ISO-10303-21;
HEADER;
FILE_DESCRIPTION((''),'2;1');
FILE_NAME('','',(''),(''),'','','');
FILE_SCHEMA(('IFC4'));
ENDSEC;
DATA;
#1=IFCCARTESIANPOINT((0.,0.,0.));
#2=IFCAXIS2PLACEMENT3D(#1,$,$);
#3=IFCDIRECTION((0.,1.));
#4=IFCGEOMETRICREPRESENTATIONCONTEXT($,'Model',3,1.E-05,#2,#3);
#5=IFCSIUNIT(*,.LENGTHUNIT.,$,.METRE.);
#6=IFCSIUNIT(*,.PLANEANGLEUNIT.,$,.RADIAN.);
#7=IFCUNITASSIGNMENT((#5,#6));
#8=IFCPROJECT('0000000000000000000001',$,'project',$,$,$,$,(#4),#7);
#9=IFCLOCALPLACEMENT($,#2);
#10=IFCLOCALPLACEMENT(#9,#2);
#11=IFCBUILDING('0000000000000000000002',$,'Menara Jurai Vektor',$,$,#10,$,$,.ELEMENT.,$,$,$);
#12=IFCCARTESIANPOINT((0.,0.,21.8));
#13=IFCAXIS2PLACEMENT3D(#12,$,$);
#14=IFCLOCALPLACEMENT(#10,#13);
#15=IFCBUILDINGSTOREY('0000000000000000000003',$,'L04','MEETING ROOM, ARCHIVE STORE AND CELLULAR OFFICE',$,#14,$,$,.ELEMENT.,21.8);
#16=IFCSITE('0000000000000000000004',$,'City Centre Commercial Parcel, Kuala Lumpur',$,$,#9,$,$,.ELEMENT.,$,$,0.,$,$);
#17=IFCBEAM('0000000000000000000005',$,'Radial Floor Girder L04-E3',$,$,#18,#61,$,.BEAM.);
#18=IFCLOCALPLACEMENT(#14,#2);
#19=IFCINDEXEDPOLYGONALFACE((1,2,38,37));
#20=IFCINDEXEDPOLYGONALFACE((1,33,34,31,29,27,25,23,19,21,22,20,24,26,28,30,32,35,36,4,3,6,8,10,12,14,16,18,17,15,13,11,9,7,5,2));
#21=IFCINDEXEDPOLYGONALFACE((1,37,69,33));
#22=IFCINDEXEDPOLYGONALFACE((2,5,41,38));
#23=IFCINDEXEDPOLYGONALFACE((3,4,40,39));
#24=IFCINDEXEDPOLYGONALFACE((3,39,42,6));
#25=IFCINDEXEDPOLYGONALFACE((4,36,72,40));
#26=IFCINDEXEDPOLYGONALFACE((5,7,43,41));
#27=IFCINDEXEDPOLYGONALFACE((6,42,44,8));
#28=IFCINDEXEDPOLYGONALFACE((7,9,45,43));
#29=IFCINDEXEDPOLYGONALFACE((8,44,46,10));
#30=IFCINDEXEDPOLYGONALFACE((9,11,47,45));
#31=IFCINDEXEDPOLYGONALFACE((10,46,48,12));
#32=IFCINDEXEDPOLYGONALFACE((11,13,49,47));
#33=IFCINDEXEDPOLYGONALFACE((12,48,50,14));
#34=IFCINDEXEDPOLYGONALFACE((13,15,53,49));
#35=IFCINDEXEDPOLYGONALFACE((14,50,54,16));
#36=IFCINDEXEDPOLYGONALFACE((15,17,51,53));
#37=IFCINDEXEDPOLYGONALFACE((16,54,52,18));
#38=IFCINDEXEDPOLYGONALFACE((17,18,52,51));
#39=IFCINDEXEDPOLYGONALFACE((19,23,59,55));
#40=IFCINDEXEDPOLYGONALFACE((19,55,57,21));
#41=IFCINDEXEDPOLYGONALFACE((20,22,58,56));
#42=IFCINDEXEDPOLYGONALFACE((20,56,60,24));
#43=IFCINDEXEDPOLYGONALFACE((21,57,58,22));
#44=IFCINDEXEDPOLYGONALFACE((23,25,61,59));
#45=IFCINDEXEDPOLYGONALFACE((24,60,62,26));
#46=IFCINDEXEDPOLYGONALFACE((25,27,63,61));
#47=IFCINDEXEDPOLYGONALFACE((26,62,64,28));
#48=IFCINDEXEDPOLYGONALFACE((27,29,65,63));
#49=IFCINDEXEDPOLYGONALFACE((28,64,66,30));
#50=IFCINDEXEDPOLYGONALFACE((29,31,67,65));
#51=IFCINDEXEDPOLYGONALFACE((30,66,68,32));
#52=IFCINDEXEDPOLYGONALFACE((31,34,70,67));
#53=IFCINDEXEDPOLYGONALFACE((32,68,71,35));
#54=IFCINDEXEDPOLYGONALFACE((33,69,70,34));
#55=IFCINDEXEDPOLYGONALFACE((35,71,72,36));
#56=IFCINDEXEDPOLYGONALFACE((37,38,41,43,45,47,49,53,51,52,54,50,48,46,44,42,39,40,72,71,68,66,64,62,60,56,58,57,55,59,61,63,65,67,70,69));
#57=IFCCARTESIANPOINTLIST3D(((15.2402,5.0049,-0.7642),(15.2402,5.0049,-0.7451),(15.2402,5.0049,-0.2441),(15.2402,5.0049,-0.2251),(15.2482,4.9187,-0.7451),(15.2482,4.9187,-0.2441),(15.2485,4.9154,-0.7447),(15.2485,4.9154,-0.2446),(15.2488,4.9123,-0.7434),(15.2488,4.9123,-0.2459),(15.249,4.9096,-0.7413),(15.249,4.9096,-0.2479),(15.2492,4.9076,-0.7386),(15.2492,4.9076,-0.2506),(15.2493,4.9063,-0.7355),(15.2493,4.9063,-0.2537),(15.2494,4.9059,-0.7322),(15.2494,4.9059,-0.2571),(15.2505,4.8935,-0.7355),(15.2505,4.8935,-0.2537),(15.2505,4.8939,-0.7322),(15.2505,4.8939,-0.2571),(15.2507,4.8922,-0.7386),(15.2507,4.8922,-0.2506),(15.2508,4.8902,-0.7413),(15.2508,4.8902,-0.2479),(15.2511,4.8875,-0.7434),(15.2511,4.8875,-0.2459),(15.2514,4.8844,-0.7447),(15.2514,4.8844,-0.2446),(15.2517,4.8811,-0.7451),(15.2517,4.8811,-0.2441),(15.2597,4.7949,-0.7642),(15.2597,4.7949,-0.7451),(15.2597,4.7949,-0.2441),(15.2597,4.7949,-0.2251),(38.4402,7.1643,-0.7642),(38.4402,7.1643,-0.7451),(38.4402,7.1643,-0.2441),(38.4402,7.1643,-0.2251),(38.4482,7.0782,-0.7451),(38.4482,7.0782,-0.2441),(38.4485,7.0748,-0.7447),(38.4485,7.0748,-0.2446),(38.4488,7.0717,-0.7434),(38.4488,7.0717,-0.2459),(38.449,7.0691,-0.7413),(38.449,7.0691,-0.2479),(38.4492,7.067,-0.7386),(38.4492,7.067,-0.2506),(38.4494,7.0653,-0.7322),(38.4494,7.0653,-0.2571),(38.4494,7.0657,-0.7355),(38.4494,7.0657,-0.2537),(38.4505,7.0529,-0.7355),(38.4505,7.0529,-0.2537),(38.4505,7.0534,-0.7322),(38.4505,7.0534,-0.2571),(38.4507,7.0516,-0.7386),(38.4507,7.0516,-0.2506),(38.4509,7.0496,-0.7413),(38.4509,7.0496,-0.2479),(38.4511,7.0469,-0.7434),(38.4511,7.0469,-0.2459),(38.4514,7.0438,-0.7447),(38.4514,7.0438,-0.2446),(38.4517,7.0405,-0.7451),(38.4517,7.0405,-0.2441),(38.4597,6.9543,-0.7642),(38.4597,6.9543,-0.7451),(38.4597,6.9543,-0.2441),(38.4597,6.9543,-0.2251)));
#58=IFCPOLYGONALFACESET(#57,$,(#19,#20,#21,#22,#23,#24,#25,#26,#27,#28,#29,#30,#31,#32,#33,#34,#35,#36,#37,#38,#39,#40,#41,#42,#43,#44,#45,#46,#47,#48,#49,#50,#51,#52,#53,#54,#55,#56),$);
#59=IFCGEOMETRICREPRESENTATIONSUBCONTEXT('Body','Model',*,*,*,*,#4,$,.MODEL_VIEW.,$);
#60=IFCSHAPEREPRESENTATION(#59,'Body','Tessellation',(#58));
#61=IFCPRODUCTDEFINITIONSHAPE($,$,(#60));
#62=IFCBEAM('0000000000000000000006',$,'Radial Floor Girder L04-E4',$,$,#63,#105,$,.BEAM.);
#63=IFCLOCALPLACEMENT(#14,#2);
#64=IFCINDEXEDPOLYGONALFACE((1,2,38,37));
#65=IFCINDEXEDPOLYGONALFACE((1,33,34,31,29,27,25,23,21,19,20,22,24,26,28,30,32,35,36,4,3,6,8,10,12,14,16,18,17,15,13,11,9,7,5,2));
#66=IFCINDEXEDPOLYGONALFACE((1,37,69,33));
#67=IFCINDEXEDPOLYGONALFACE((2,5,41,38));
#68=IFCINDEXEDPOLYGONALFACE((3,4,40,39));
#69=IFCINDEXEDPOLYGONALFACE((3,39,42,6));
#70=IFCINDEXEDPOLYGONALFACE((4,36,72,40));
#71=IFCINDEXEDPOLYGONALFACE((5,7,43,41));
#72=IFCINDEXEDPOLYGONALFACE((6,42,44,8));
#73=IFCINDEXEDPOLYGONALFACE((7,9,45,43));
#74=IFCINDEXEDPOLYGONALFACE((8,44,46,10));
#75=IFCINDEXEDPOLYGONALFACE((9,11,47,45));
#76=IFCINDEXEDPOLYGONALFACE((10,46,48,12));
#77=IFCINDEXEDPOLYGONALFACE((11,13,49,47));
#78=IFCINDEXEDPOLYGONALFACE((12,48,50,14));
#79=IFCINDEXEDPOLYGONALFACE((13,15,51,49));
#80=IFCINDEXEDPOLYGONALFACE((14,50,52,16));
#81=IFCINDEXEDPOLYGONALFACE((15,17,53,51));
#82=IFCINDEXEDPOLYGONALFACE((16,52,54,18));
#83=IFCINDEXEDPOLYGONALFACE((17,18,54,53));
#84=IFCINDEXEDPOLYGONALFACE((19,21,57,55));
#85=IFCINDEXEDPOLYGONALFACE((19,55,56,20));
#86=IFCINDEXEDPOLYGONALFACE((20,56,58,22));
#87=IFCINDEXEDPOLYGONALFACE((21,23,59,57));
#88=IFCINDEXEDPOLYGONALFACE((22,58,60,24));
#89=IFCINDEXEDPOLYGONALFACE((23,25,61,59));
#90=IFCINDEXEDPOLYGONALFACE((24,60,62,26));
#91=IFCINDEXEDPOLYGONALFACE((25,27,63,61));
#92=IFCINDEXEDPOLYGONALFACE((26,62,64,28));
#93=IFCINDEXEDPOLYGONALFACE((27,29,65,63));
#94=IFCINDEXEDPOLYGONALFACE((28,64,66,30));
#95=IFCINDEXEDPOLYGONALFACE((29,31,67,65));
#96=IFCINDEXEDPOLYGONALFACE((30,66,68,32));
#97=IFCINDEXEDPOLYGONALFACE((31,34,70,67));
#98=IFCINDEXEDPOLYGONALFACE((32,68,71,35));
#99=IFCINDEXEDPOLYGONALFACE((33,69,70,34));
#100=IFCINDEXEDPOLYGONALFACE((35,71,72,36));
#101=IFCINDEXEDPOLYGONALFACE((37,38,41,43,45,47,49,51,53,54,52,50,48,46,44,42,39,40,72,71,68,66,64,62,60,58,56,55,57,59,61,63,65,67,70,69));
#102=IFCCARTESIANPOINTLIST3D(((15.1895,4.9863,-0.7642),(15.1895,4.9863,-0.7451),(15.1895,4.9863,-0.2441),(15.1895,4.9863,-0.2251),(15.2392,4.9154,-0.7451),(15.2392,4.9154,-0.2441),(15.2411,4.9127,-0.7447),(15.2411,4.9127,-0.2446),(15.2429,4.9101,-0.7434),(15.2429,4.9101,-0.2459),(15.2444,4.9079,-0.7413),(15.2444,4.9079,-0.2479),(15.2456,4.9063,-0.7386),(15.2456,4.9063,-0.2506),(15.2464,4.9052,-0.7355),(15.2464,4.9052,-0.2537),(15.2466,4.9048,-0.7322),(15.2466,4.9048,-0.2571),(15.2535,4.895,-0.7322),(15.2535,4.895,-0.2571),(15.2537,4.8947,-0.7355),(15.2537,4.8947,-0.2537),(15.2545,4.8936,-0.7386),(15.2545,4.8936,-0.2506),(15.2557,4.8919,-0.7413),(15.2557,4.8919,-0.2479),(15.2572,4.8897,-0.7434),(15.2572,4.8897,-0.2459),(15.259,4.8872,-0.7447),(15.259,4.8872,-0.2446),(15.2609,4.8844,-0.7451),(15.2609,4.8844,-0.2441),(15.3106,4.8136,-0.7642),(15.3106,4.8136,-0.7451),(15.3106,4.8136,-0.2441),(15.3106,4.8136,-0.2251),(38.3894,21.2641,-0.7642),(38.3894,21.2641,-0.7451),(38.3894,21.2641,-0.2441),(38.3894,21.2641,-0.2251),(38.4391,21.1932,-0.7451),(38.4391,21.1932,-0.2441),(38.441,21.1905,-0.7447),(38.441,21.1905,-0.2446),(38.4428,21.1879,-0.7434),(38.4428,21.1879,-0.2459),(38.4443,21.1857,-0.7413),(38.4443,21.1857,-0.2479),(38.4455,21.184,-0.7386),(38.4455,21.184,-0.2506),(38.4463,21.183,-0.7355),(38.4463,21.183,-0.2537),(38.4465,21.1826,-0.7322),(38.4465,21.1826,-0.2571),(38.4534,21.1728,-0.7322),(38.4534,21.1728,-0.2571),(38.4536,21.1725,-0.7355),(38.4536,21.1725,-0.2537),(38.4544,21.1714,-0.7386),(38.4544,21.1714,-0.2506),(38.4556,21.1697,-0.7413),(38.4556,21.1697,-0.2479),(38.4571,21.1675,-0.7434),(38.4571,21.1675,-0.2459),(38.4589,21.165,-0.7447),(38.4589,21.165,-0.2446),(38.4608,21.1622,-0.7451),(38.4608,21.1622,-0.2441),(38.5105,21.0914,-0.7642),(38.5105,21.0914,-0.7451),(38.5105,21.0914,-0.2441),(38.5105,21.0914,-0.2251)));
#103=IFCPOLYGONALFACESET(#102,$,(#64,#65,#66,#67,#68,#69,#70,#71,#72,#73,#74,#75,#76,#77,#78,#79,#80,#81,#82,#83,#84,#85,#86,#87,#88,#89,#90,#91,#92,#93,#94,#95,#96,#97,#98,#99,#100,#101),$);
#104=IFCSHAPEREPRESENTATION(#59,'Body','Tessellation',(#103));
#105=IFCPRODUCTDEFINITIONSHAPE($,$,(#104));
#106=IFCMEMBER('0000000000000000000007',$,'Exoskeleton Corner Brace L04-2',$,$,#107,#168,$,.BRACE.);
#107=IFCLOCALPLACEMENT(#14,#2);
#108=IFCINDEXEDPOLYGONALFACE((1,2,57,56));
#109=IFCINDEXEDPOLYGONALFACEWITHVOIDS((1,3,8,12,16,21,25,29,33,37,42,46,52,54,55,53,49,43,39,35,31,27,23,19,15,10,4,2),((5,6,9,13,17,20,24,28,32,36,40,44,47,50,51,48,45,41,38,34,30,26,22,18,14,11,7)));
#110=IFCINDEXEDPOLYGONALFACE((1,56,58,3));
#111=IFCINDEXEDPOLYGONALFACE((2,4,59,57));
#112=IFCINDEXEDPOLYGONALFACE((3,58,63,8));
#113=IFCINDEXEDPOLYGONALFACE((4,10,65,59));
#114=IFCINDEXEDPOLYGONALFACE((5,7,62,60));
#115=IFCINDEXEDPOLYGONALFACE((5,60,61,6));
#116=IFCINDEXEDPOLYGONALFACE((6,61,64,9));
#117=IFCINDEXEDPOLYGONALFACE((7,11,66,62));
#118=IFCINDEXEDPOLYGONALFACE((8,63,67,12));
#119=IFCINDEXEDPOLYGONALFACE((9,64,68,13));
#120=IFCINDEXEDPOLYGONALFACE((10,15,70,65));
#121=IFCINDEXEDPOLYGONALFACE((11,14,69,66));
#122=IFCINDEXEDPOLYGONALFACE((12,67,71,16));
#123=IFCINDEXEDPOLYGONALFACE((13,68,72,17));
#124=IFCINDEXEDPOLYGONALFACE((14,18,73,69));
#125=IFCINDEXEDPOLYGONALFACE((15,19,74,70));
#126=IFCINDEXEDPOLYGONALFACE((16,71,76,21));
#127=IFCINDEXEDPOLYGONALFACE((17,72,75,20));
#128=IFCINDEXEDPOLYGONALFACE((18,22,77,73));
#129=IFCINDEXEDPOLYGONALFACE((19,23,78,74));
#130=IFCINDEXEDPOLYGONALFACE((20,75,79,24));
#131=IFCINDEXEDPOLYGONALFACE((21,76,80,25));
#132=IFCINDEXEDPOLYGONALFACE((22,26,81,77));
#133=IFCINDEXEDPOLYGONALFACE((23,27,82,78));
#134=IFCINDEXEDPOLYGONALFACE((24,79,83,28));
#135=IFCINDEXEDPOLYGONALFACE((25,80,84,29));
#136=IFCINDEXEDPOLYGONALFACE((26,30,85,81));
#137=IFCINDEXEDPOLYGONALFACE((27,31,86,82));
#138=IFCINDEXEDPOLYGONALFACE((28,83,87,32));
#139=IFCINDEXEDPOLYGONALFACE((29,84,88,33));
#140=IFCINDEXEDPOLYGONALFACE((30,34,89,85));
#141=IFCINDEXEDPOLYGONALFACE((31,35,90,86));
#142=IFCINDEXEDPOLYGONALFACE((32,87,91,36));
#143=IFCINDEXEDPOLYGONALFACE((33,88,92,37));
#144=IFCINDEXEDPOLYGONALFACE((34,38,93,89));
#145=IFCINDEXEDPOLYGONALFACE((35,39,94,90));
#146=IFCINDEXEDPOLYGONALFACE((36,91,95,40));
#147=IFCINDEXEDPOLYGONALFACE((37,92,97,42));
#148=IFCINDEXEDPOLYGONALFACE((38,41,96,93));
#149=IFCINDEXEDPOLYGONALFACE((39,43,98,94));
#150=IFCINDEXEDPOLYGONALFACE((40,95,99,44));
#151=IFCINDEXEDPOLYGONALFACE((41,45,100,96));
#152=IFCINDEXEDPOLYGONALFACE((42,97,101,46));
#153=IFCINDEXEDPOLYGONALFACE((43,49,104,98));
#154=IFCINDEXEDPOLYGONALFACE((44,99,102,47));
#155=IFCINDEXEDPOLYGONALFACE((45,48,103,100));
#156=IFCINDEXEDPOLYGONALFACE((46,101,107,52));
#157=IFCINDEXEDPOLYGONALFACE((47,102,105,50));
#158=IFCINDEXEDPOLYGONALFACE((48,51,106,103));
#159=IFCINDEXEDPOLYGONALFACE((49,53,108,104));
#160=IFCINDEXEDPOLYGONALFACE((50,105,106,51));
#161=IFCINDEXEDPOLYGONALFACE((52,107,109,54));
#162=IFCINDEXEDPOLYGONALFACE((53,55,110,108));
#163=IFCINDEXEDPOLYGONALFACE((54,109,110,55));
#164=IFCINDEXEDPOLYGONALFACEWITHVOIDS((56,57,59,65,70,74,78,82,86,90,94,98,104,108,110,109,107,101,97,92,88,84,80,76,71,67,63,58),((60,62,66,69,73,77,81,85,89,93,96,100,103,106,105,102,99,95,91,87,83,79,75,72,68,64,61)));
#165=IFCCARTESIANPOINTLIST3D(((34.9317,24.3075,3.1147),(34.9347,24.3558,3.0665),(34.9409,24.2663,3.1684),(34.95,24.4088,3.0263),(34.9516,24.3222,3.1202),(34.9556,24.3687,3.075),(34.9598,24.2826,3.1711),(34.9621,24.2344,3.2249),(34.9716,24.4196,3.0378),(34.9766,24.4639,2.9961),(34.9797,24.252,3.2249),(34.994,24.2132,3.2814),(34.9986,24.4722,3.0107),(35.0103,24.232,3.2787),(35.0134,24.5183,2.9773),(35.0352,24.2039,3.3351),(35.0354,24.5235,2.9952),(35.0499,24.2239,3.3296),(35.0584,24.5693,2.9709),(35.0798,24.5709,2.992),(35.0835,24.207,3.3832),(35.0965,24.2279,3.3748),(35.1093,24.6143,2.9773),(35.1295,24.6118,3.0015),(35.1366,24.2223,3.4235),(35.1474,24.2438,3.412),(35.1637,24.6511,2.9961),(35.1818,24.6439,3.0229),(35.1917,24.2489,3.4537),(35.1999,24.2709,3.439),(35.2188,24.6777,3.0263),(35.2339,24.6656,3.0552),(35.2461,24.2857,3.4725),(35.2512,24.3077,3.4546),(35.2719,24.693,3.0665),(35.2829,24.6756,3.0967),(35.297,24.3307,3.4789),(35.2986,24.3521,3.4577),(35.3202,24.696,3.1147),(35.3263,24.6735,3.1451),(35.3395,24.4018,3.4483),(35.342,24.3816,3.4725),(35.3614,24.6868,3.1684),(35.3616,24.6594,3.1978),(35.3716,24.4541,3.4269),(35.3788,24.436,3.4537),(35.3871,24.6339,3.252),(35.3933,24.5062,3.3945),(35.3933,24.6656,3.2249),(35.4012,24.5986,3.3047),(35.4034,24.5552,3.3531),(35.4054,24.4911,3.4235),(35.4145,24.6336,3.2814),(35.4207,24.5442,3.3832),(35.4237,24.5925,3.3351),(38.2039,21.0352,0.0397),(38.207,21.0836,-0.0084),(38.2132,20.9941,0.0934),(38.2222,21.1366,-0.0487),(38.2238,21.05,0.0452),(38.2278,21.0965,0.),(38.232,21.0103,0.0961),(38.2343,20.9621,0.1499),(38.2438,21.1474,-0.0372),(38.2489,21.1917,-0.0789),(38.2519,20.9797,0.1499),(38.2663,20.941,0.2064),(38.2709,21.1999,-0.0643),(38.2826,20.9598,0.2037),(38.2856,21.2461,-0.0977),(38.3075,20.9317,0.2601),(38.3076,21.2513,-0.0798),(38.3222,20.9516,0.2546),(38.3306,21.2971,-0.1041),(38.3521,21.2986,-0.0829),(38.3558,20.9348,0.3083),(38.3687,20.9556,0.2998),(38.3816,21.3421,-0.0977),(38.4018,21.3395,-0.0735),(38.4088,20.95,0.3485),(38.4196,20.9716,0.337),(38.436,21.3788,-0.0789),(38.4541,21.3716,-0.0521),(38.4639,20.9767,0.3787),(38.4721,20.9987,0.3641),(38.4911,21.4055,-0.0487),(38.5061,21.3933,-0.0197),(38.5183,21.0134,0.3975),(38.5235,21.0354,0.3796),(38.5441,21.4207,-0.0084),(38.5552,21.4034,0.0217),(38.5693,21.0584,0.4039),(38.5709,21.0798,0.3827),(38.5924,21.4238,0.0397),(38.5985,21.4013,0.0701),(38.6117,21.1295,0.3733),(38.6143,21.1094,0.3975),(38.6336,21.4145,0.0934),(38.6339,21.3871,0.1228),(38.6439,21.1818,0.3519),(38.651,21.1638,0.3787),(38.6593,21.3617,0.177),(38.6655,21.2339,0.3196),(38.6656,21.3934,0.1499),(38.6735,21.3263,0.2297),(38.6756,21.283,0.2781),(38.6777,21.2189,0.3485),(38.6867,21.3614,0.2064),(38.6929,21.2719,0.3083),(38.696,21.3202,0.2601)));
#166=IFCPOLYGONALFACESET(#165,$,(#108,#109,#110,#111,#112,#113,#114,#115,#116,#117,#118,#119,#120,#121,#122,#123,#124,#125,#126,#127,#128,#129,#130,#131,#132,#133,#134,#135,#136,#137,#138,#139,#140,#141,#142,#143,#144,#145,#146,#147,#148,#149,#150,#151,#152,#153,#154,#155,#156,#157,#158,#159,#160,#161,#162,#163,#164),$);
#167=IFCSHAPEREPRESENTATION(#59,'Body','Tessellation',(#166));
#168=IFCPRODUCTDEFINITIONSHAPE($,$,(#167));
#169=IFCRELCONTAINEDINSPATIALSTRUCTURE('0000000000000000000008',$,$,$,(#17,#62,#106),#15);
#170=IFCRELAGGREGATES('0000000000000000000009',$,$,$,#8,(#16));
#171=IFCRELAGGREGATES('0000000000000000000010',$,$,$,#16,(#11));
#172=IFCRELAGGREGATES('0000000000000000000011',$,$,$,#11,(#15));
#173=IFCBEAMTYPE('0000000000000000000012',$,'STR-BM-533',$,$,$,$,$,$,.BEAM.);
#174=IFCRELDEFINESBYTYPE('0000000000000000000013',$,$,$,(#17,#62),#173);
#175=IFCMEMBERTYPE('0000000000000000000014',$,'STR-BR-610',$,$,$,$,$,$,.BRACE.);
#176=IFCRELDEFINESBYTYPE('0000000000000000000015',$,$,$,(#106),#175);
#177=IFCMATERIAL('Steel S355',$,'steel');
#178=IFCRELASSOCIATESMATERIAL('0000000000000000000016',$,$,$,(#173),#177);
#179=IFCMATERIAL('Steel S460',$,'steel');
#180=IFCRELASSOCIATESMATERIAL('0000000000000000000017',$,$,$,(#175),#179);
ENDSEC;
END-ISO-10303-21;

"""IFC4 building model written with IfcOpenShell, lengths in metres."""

from ifc_helpers import new_model, si_unit, direction, frame, origin, origin_2d, place, context, subcontext, project, spatial, hollow_circle, i_section, extrude, material, material_profile, profile_set, type_object, element, save


model = new_model("IFC4")

# Units and contexts
model_context = context("Model", 3, precision=1e-05, world=origin(), true_north=direction((0.0, 1.0)))
body_context = subcontext(model_context, "Body", "Model", "MODEL_VIEW")
ifc_project = project(units=[si_unit("LENGTHUNIT", "METRE"), si_unit("PLANEANGLEUNIT", "RADIAN")], contexts=[model_context])

# Site, building, storey
site_placement = place(None, origin())
site = spatial("IfcSite", under=ifc_project, at=site_placement, Name="City Centre Commercial Parcel, Kuala Lumpur", CompositionType="ELEMENT", RefElevation=0.0)
building_placement = place(site_placement, origin())
building = spatial("IfcBuilding", under=site, at=building_placement, Name="Menara Jurai Vektor", CompositionType="ELEMENT")
storey_placement = place(building_placement, frame((0.0, 0.0, 21.8)))
storey = spatial("IfcBuildingStorey", under=building, at=storey_placement, Name="L04", Description="MEETING ROOM, ARCHIVE STORE AND CELLULAR OFFICE", CompositionType="ELEMENT", Elevation=21.8)

# Shared definitions
ifc_material_1 = material(Name="Steel S460", Category="steel")

# Beams
ifc_material_2 = material(Name="Steel S355", Category="steel")
ifc_material_profile_1 = material_profile(ifc_material_2, i_section(OverallWidth=0.2109, OverallDepth=0.5391, WebThickness=0.012, FlangeThickness=0.019, FilletRadius=0.0129, at=origin_2d()), Name="UKB 533x210x109")
ifc_profile_set_1 = profile_set([ifc_material_profile_1], Name="Steel S355")
beam_type_1 = type_object("IfcBeamType", Name="STR-BM-533", PredefinedType="BEAM", material=ifc_profile_set_1)
beam_1_placement = place(storey_placement, frame((38.45, 7.0593, -0.4946), z_axis=(-0.995696, -0.092678, 0.0), x_axis=(0.092678, -0.995696, 0.0)))
element("IfcBeam", 1, at=beam_1_placement, inside=storey, type_object=beam_type_1, Name="Radial Floor Girder L04-E3", PredefinedType="BEAM", context=body_context, shape_type="SweptSolid", body=[
    extrude(i_section(OverallWidth=0.2109, OverallDepth=0.5391, WebThickness=0.012, FlangeThickness=0.019, FilletRadius=0.0129, at=origin_2d()), origin(), (0.0, 0.0, 1.0), 23.3003),
])
beam_2_placement = place(storey_placement, frame((38.45, 21.1777, -0.4946), z_axis=(-0.818604, -0.574359, 0.0), x_axis=(0.574359, -0.818604, 0.0)))
element("IfcBeam", 2, at=beam_2_placement, inside=storey, type_object=beam_type_1, Name="Radial Floor Girder L04-E4", PredefinedType="BEAM", context=body_context, shape_type="SweptSolid", body=[
    extrude(i_section(OverallWidth=0.2109, OverallDepth=0.5391, WebThickness=0.012, FlangeThickness=0.019, FilletRadius=0.0129, at=origin_2d()), origin(), (0.0, 0.0, 1.0), 28.3408),
])

# Member
ifc_material_profile_2 = material_profile(ifc_material_1, hollow_circle(Radius=0.3049, WallThickness=0.0249, at=origin_2d()), Name="CHS 610x25")
ifc_profile_set_2 = profile_set([ifc_material_profile_2], Name="Steel S460")
member_type_1 = type_object("IfcMemberType", Name="STR-BR-610", PredefinedType="BRACE", material=ifc_profile_set_2)
member_1_placement = place(storey_placement, frame((38.45, 21.1777, 0.1499), z_axis=(-0.588942, 0.588942, 0.553438), x_axis=(-0.707107, -0.707107, 0.0)))
element("IfcMember", 3, at=member_1_placement, inside=storey, type_object=member_type_1, Name="Exoskeleton Corner Brace L04-2", PredefinedType="BRACE", context=body_context, shape_type="SweptSolid", body=[
    extrude(hollow_circle(Radius=0.3049, WallThickness=0.0249, at=origin_2d()), origin(), (0.0, 0.0, 1.0), 5.5562),
])

save(model, "model.ifc")
